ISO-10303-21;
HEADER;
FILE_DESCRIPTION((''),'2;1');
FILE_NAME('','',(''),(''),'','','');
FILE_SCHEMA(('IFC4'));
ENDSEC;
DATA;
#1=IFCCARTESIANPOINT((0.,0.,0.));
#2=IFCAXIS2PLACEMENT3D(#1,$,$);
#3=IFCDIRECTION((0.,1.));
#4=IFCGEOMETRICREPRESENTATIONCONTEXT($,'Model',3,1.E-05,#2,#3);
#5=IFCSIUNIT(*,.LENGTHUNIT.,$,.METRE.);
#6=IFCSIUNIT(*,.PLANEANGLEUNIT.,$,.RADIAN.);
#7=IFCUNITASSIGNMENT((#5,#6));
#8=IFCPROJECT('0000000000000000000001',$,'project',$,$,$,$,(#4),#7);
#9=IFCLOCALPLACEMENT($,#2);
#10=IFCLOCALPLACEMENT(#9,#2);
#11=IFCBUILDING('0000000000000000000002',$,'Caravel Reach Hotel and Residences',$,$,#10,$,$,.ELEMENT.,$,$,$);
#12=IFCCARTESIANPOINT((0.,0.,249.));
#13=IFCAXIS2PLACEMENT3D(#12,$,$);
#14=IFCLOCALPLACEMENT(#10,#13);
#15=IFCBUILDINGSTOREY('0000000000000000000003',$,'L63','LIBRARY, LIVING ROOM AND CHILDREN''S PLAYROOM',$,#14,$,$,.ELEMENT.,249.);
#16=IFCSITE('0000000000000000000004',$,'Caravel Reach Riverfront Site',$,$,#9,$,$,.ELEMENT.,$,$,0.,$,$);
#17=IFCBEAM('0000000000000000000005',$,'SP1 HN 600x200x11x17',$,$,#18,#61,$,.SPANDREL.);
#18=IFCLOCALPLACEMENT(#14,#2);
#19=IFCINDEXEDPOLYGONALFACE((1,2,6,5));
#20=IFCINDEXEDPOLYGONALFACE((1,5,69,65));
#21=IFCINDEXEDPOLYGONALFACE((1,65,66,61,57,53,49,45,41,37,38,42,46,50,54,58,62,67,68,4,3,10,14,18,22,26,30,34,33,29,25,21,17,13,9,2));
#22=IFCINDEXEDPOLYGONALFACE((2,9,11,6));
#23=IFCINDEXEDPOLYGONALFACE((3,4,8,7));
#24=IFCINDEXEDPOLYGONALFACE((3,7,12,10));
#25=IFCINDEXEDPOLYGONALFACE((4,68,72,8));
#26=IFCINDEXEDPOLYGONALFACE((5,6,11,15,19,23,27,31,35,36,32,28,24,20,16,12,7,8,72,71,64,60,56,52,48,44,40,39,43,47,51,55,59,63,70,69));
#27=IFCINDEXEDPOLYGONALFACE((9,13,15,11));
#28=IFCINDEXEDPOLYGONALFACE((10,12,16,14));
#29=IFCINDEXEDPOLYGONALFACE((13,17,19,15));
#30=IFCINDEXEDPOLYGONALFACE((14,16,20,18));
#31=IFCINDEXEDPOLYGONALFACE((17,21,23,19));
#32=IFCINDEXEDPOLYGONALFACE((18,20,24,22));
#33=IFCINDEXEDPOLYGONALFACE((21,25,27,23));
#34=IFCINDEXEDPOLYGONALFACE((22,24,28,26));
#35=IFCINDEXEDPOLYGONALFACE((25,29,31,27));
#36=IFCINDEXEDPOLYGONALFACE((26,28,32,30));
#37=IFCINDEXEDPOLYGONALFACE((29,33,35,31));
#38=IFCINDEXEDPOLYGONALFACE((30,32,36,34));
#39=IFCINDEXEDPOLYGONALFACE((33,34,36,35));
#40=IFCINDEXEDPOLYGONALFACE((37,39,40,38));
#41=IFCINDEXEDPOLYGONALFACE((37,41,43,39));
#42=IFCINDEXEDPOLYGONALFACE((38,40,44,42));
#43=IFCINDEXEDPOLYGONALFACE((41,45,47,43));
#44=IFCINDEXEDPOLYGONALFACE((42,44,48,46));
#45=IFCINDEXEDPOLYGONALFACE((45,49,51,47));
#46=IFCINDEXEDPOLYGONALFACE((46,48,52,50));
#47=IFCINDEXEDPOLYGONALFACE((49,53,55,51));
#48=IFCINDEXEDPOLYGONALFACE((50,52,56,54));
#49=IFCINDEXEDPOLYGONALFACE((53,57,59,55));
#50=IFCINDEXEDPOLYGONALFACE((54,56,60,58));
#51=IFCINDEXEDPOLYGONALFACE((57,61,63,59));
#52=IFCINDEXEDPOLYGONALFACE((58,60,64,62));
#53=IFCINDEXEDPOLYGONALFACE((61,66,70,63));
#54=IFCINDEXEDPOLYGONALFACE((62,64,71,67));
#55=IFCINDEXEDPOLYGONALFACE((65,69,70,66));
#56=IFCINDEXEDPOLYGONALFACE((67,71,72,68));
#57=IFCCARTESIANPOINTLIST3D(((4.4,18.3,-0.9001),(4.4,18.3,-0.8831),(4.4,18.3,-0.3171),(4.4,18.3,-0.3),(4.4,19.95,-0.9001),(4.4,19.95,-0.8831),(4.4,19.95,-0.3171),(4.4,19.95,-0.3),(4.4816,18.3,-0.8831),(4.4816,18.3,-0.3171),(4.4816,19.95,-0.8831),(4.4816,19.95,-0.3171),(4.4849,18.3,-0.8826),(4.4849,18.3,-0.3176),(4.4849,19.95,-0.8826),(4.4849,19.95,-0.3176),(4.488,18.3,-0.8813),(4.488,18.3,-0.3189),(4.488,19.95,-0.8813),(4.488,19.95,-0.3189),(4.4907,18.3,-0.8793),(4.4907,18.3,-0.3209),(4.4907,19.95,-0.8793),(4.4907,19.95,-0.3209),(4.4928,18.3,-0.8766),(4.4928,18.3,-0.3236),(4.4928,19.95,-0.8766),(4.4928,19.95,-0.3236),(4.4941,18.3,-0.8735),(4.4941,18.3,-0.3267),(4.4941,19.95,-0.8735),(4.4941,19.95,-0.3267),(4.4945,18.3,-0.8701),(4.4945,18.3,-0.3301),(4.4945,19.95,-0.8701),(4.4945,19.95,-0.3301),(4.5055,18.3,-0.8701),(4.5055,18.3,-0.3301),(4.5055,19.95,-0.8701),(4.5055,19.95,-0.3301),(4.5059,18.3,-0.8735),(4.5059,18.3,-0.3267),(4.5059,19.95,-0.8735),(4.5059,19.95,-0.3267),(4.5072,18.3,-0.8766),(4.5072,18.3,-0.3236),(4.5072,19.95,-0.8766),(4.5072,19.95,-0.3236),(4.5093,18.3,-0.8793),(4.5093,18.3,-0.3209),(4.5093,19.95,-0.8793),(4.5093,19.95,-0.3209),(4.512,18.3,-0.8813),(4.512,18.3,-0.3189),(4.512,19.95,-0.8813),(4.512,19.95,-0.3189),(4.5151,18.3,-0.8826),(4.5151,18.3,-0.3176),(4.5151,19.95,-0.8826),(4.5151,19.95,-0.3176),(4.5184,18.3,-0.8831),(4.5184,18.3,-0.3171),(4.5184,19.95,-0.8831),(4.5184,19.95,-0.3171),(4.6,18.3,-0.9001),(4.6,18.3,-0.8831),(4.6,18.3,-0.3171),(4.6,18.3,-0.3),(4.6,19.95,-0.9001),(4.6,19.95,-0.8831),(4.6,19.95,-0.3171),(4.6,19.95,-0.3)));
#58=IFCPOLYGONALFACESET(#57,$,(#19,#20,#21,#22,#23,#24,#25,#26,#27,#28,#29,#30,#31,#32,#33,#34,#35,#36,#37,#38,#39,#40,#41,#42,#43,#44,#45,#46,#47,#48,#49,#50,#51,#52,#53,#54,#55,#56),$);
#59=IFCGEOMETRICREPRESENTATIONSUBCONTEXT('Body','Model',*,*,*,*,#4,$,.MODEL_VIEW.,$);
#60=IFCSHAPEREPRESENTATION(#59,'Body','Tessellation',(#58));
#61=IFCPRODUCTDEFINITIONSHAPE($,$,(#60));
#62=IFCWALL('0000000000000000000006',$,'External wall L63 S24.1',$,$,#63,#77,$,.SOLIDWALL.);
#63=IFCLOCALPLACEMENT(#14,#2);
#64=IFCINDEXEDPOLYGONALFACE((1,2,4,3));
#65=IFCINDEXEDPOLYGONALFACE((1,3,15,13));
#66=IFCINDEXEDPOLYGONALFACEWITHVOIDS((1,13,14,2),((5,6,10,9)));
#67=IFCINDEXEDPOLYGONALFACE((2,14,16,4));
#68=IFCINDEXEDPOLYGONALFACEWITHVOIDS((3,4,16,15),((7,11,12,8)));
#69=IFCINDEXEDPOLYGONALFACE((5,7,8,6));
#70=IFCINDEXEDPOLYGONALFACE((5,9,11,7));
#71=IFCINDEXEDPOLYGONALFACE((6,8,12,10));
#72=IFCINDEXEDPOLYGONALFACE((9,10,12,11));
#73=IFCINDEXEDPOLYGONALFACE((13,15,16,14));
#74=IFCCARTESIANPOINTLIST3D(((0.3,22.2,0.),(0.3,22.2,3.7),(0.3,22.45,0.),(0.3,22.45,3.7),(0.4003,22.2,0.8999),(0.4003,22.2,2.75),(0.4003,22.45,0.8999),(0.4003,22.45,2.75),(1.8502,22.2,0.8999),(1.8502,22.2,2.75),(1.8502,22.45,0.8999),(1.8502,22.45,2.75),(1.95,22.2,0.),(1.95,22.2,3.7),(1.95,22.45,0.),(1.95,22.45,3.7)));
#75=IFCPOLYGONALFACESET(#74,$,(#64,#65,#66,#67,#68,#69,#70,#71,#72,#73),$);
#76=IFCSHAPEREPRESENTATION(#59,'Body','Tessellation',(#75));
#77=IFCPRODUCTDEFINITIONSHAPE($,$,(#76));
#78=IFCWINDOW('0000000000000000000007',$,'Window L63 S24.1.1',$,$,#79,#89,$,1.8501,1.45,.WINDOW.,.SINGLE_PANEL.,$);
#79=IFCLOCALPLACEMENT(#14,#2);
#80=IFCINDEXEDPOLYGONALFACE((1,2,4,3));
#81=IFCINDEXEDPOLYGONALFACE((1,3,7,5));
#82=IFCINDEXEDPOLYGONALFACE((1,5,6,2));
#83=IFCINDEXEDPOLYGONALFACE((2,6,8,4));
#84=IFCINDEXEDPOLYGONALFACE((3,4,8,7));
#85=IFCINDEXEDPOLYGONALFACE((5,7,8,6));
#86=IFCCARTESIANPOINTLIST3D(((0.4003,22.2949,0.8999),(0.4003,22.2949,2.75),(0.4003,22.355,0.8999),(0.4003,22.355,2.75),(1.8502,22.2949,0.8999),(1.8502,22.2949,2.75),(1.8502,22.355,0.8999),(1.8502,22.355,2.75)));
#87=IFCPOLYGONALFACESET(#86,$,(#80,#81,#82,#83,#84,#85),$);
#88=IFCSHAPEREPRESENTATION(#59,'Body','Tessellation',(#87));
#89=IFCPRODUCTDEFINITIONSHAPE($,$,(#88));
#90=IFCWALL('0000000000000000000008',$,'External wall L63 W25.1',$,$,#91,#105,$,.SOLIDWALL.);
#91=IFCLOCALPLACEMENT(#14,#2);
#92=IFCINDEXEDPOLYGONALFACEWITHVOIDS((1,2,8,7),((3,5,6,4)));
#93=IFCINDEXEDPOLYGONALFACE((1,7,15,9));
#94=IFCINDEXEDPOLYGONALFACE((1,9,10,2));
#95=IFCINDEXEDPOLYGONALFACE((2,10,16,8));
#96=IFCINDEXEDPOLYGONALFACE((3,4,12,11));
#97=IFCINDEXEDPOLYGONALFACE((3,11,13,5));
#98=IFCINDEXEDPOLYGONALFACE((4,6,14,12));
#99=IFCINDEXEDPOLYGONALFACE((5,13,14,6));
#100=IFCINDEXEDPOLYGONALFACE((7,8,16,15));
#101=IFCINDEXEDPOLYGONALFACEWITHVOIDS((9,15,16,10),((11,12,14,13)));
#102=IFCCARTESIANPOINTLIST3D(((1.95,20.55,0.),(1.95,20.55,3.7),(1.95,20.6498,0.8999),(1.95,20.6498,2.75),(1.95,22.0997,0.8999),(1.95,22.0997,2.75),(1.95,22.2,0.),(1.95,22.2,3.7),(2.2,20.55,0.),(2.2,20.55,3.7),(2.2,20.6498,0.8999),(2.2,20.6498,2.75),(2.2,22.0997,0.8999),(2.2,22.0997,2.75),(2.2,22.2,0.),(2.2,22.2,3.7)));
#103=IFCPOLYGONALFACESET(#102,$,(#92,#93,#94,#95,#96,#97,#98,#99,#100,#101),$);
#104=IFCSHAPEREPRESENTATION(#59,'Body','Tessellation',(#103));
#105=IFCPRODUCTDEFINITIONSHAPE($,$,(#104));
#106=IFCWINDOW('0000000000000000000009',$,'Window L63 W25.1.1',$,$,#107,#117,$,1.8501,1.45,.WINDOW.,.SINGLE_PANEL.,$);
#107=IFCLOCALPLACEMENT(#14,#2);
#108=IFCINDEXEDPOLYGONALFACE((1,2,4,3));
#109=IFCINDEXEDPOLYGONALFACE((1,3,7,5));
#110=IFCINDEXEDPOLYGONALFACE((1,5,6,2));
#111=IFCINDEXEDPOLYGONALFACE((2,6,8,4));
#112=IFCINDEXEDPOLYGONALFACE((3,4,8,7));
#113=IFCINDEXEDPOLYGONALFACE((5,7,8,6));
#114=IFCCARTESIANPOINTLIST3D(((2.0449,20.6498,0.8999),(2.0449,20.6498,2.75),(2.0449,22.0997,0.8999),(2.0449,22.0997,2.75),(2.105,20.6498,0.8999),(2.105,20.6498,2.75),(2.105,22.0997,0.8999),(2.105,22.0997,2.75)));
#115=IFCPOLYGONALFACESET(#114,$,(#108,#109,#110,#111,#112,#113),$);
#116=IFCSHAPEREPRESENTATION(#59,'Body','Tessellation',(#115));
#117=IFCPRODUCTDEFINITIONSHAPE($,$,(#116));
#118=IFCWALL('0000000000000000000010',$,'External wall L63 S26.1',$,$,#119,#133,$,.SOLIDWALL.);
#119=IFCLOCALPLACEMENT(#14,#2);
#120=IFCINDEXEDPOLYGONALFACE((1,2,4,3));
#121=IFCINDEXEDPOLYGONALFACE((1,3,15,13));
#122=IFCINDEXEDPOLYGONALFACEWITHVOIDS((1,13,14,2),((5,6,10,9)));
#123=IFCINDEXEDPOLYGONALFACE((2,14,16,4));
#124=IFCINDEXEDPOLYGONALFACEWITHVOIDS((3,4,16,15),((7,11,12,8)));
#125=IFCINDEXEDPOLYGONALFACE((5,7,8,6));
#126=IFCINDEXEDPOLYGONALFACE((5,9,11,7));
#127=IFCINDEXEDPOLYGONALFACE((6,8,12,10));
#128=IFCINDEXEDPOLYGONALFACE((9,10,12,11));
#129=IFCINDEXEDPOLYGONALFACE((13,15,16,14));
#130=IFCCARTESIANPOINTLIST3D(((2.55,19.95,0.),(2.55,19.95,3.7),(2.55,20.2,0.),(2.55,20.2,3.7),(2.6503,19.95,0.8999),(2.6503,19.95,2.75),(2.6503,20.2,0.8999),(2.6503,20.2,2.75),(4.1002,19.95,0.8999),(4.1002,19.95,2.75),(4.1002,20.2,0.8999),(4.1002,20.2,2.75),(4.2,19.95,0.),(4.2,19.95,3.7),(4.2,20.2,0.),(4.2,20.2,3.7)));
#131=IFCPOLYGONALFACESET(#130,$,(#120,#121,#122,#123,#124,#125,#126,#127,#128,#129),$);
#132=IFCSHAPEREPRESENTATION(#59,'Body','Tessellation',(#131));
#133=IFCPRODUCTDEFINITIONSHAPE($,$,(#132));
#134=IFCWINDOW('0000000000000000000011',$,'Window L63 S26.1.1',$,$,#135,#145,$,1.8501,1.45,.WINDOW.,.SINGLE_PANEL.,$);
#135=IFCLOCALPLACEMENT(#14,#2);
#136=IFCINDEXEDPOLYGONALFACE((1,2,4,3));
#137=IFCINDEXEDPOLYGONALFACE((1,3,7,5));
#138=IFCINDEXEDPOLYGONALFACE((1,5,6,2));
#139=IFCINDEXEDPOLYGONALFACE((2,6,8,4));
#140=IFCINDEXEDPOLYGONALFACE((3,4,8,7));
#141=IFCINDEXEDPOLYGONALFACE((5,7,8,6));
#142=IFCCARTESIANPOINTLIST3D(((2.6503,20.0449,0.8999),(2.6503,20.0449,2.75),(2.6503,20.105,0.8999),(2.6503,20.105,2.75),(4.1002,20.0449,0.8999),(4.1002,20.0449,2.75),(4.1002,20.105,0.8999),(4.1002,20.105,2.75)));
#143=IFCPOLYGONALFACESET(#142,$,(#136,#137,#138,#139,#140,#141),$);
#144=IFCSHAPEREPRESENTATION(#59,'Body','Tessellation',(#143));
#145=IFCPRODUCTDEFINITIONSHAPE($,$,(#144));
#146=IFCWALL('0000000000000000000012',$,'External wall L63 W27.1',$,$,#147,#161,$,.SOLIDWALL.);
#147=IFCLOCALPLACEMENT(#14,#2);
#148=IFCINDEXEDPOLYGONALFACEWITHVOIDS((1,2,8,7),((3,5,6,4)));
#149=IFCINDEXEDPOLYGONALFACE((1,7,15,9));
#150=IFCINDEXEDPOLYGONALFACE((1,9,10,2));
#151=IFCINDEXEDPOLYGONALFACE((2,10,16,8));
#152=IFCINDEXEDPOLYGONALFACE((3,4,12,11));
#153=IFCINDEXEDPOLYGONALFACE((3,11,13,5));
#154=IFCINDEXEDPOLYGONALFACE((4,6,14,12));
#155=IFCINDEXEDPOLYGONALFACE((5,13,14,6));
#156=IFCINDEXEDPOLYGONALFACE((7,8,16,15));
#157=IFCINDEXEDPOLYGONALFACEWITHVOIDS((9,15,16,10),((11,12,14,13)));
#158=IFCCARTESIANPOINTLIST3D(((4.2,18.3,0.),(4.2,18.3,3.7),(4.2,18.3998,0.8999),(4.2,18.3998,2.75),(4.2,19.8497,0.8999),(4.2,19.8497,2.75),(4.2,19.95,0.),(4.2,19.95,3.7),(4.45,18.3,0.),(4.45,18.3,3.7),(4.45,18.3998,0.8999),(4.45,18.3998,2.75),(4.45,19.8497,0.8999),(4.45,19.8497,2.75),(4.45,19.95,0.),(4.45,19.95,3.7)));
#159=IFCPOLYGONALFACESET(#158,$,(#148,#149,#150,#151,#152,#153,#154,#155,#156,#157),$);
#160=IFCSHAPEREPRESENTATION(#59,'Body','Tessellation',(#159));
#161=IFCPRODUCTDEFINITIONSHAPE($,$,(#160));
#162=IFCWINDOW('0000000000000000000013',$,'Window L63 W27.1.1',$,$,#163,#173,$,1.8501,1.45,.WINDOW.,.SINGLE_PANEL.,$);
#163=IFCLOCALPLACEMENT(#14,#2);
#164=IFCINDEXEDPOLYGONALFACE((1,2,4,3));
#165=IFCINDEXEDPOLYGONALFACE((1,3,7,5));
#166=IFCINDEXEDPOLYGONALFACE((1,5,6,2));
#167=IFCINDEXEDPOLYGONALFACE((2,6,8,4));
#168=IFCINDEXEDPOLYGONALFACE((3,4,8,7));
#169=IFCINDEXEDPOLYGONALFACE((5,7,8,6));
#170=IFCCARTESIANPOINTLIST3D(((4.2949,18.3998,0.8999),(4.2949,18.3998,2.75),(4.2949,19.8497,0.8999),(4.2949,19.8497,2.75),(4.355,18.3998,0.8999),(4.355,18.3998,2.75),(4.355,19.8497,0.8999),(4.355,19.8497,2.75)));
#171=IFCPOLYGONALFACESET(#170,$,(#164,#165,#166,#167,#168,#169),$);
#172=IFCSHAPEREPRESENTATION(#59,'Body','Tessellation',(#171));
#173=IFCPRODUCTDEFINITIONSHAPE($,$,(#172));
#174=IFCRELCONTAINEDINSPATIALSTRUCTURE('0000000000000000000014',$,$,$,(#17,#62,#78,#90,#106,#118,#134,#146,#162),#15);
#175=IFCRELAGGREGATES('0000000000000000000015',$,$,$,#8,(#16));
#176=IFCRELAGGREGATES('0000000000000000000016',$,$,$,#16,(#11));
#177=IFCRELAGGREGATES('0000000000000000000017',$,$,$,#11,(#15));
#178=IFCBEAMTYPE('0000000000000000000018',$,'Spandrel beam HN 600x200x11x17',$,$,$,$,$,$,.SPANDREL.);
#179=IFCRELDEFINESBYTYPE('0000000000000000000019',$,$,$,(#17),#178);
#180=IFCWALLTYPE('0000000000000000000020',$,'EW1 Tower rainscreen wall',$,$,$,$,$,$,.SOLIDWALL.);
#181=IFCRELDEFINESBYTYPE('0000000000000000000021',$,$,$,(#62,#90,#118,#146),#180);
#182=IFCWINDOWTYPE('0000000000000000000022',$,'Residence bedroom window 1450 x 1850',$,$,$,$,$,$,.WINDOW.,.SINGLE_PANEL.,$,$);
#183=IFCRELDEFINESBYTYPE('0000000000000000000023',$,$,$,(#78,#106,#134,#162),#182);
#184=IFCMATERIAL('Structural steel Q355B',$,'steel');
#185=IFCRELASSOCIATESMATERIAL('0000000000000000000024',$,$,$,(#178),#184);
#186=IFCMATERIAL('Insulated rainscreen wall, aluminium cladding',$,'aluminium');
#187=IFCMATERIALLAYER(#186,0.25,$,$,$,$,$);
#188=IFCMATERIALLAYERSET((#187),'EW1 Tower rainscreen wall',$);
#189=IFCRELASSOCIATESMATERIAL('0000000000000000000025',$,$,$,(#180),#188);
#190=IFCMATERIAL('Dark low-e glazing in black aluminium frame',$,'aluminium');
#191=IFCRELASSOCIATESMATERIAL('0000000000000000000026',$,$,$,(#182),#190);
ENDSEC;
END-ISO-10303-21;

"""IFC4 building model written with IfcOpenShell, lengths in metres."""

from ifc_helpers import new_model, si_unit, direction, frame, frame_2d, origin, origin_2d, place, context, subcontext, project, spatial, rectangle, i_section, extrude, material, layer, layer_set, material_profile, profile_set, type_object, element, fill, save


model = new_model("IFC4")

# Units and contexts
model_context = context("Model", 3, precision=1e-05, world=origin(), true_north=direction((0.0, 1.0)))
body_context = subcontext(model_context, "Body", "Model", "MODEL_VIEW")
ifc_project = project(units=[si_unit("LENGTHUNIT", "METRE"), si_unit("PLANEANGLEUNIT", "RADIAN")], contexts=[model_context])

# Site, building, storey
site_placement = place(None, origin())
site = spatial("IfcSite", under=ifc_project, at=site_placement, Name="Caravel Reach Riverfront Site", CompositionType="ELEMENT", RefElevation=0.0)
building_placement = place(site_placement, origin())
building = spatial("IfcBuilding", under=site, at=building_placement, Name="Caravel Reach Hotel and Residences", CompositionType="ELEMENT")
storey_placement = place(building_placement, frame((0.0, 0.0, 249.0)))
storey = spatial("IfcBuildingStorey", under=building, at=storey_placement, Name="L63", Description="LIBRARY, LIVING ROOM AND CHILDREN'S PLAYROOM", CompositionType="ELEMENT", Elevation=249.0)

# Beam
ifc_material_1 = material(Name="Structural steel Q355B", Category="steel")
ifc_material_profile_1 = material_profile(ifc_material_1, i_section(OverallWidth=0.2, OverallDepth=0.6001, WebThickness=0.011, FlangeThickness=0.0171, FilletRadius=0.0129, at=origin_2d()), Name="HN 600x200x11x17")
ifc_profile_set_1 = profile_set([ifc_material_profile_1], Name="Structural steel Q355B")
beam_type = type_object("IfcBeamType", Name="Spandrel beam HN 600x200x11x17", PredefinedType="SPANDREL", material=ifc_profile_set_1)
for number, where, z_axis, x_axis, name in (
    (1, (4.5, 19.95, -0.6001), (0.0, -1.0, 0.0), (1.0, 0.0, 0.0), "SP1 HN 600x200x11x17"),
):
    element("IfcBeam", number, at=place(storey_placement, frame(where, z_axis=z_axis, x_axis=x_axis)), inside=storey, type_object=beam_type, Name=name, PredefinedType="SPANDREL", context=body_context, shape_type="SweptSolid", body=[
        extrude(i_section(OverallWidth=0.2, OverallDepth=0.6001, WebThickness=0.011, FlangeThickness=0.0171, FilletRadius=0.0129, at=origin_2d()), origin(), (0.0, 0.0, 1.0), 1.6499),
    ])

# Walls, openings, windows
ifc_material_2 = material(Name="Insulated rainscreen wall, aluminium cladding", Category="aluminium")
ifc_layer_1 = layer(ifc_material_2, 0.25)
ifc_layer_set_1 = layer_set([ifc_layer_1], Name="EW1 Tower rainscreen wall")
wall_type_1 = type_object("IfcWallType", Name="EW1 Tower rainscreen wall", PredefinedType="SOLIDWALL", material=ifc_layer_set_1)
wall_1_placement = place(storey_placement, frame((0.3, 22.325, 0.0), z_axis=(0.0, 0.0, 1.0), x_axis=(1.0, 0.0, 0.0)))
wall_1 = element("IfcWall", 2, at=wall_1_placement, inside=storey, type_object=wall_type_1, Name="External wall L63 S24.1", PredefinedType="SOLIDWALL", context=body_context, shape_type="SweptSolid", body=[
    extrude(rectangle(XDim=1.6499, YDim=0.25, at=frame_2d((0.825, 0.0))), origin(), (0.0, 0.0, 1.0), 3.7),
])
opening_1_placement = place(wall_1_placement, frame((0.1001, 0.0, 0.8999)))
opening_1 = element("IfcOpeningElement", 3, at=opening_1_placement, cuts=wall_1, PredefinedType="OPENING", context=body_context, shape_type="SweptSolid", body=[
    extrude(rectangle(XDim=1.45, YDim=1.8501, at=frame_2d((0.7251, 0.925))), frame((0.0, 0.135, 0.0), z_axis=(0.0, -1.0, 0.0), x_axis=(1.0, 0.0, 0.0)), (0.0, 0.0, 1.0), 0.27),
])
ifc_material_3 = material(Name="Dark low-e glazing in black aluminium frame", Category="aluminium")
window_type = type_object("IfcWindowType", Name="Residence bedroom window 1450 x 1850", PartitioningType="SINGLE_PANEL", PredefinedType="WINDOW", material=ifc_material_3)
window_1_placement = place(opening_1_placement, origin())
window_1 = element("IfcWindow", 4, at=window_1_placement, inside=storey, type_object=window_type, Name="Window L63 S24.1.1", OverallHeight=1.8501, OverallWidth=1.45, PartitioningType="SINGLE_PANEL", PredefinedType="WINDOW", context=body_context, shape_type="SweptSolid", body=[
    extrude(rectangle(XDim=1.45, YDim=1.8501, at=frame_2d((0.7251, 0.925))), frame((0.0, 0.03, 0.0), z_axis=(0.0, -1.0, 0.0), x_axis=(1.0, 0.0, 0.0)), (0.0, 0.0, 1.0), 0.0601),
])
fill(opening_1, window_1)
wall_2_placement = place(storey_placement, frame((2.075, 22.2, 0.0), z_axis=(0.0, 0.0, 1.0), x_axis=(0.0, -1.0, 0.0)))
wall_2 = element("IfcWall", 5, at=wall_2_placement, inside=storey, type_object=wall_type_1, Name="External wall L63 W25.1", PredefinedType="SOLIDWALL", context=body_context, shape_type="SweptSolid", body=[
    extrude(rectangle(XDim=1.6499, YDim=0.25, at=frame_2d((0.825, 0.0))), origin(), (0.0, 0.0, 1.0), 3.7),
])
opening_2_placement = place(wall_2_placement, frame((0.1001, 0.0, 0.8999)))
opening_2 = element("IfcOpeningElement", 6, at=opening_2_placement, cuts=wall_2, PredefinedType="OPENING", context=body_context, shape_type="SweptSolid", body=[
    extrude(rectangle(XDim=1.45, YDim=1.8501, at=frame_2d((0.7251, 0.925))), frame((0.0, 0.135, 0.0), z_axis=(0.0, -1.0, 0.0), x_axis=(1.0, 0.0, 0.0)), (0.0, 0.0, 1.0), 0.27),
])
window_2_placement = place(opening_2_placement, origin())
window_2 = element("IfcWindow", 7, at=window_2_placement, inside=storey, type_object=window_type, Name="Window L63 W25.1.1", OverallHeight=1.8501, OverallWidth=1.45, PartitioningType="SINGLE_PANEL", PredefinedType="WINDOW", context=body_context, shape_type="SweptSolid", body=[
    extrude(rectangle(XDim=1.45, YDim=1.8501, at=frame_2d((0.7251, 0.925))), frame((0.0, 0.03, 0.0), z_axis=(0.0, -1.0, 0.0), x_axis=(1.0, 0.0, 0.0)), (0.0, 0.0, 1.0), 0.0601),
])
fill(opening_2, window_2)
wall_3_placement = place(storey_placement, frame((2.55, 20.075, 0.0), z_axis=(0.0, 0.0, 1.0), x_axis=(1.0, 0.0, 0.0)))
wall_3 = element("IfcWall", 8, at=wall_3_placement, inside=storey, type_object=wall_type_1, Name="External wall L63 S26.1", PredefinedType="SOLIDWALL", context=body_context, shape_type="SweptSolid", body=[
    extrude(rectangle(XDim=1.6499, YDim=0.25, at=frame_2d((0.825, 0.0))), origin(), (0.0, 0.0, 1.0), 3.7),
])
opening_3_placement = place(wall_3_placement, frame((0.1001, 0.0, 0.8999)))
opening_3 = element("IfcOpeningElement", 9, at=opening_3_placement, cuts=wall_3, PredefinedType="OPENING", context=body_context, shape_type="SweptSolid", body=[
    extrude(rectangle(XDim=1.45, YDim=1.8501, at=frame_2d((0.7251, 0.925))), frame((0.0, 0.135, 0.0), z_axis=(0.0, -1.0, 0.0), x_axis=(1.0, 0.0, 0.0)), (0.0, 0.0, 1.0), 0.27),
])
window_3_placement = place(opening_3_placement, origin())
window_3 = element("IfcWindow", 10, at=window_3_placement, inside=storey, type_object=window_type, Name="Window L63 S26.1.1", OverallHeight=1.8501, OverallWidth=1.45, PartitioningType="SINGLE_PANEL", PredefinedType="WINDOW", context=body_context, shape_type="SweptSolid", body=[
    extrude(rectangle(XDim=1.45, YDim=1.8501, at=frame_2d((0.7251, 0.925))), frame((0.0, 0.03, 0.0), z_axis=(0.0, -1.0, 0.0), x_axis=(1.0, 0.0, 0.0)), (0.0, 0.0, 1.0), 0.0601),
])
fill(opening_3, window_3)
wall_4_placement = place(storey_placement, frame((4.325, 19.95, 0.0), z_axis=(0.0, 0.0, 1.0), x_axis=(0.0, -1.0, 0.0)))
wall_4 = element("IfcWall", 11, at=wall_4_placement, inside=storey, type_object=wall_type_1, Name="External wall L63 W27.1", PredefinedType="SOLIDWALL", context=body_context, shape_type="SweptSolid", body=[
    extrude(rectangle(XDim=1.6499, YDim=0.25, at=frame_2d((0.825, 0.0))), origin(), (0.0, 0.0, 1.0), 3.7),
])
opening_4_placement = place(wall_4_placement, frame((0.1001, 0.0, 0.8999)))
opening_4 = element("IfcOpeningElement", 12, at=opening_4_placement, cuts=wall_4, PredefinedType="OPENING", context=body_context, shape_type="SweptSolid", body=[
    extrude(rectangle(XDim=1.45, YDim=1.8501, at=frame_2d((0.7251, 0.925))), frame((0.0, 0.135, 0.0), z_axis=(0.0, -1.0, 0.0), x_axis=(1.0, 0.0, 0.0)), (0.0, 0.0, 1.0), 0.27),
])
window_4_placement = place(opening_4_placement, origin())
window_4 = element("IfcWindow", 13, at=window_4_placement, inside=storey, type_object=window_type, Name="Window L63 W27.1.1", OverallHeight=1.8501, OverallWidth=1.45, PartitioningType="SINGLE_PANEL", PredefinedType="WINDOW", context=body_context, shape_type="SweptSolid", body=[
    extrude(rectangle(XDim=1.45, YDim=1.8501, at=frame_2d((0.7251, 0.925))), frame((0.0, 0.03, 0.0), z_axis=(0.0, -1.0, 0.0), x_axis=(1.0, 0.0, 0.0)), (0.0, 0.0, 1.0), 0.0601),
])
fill(opening_4, window_4)

save(model, "model.ifc")
